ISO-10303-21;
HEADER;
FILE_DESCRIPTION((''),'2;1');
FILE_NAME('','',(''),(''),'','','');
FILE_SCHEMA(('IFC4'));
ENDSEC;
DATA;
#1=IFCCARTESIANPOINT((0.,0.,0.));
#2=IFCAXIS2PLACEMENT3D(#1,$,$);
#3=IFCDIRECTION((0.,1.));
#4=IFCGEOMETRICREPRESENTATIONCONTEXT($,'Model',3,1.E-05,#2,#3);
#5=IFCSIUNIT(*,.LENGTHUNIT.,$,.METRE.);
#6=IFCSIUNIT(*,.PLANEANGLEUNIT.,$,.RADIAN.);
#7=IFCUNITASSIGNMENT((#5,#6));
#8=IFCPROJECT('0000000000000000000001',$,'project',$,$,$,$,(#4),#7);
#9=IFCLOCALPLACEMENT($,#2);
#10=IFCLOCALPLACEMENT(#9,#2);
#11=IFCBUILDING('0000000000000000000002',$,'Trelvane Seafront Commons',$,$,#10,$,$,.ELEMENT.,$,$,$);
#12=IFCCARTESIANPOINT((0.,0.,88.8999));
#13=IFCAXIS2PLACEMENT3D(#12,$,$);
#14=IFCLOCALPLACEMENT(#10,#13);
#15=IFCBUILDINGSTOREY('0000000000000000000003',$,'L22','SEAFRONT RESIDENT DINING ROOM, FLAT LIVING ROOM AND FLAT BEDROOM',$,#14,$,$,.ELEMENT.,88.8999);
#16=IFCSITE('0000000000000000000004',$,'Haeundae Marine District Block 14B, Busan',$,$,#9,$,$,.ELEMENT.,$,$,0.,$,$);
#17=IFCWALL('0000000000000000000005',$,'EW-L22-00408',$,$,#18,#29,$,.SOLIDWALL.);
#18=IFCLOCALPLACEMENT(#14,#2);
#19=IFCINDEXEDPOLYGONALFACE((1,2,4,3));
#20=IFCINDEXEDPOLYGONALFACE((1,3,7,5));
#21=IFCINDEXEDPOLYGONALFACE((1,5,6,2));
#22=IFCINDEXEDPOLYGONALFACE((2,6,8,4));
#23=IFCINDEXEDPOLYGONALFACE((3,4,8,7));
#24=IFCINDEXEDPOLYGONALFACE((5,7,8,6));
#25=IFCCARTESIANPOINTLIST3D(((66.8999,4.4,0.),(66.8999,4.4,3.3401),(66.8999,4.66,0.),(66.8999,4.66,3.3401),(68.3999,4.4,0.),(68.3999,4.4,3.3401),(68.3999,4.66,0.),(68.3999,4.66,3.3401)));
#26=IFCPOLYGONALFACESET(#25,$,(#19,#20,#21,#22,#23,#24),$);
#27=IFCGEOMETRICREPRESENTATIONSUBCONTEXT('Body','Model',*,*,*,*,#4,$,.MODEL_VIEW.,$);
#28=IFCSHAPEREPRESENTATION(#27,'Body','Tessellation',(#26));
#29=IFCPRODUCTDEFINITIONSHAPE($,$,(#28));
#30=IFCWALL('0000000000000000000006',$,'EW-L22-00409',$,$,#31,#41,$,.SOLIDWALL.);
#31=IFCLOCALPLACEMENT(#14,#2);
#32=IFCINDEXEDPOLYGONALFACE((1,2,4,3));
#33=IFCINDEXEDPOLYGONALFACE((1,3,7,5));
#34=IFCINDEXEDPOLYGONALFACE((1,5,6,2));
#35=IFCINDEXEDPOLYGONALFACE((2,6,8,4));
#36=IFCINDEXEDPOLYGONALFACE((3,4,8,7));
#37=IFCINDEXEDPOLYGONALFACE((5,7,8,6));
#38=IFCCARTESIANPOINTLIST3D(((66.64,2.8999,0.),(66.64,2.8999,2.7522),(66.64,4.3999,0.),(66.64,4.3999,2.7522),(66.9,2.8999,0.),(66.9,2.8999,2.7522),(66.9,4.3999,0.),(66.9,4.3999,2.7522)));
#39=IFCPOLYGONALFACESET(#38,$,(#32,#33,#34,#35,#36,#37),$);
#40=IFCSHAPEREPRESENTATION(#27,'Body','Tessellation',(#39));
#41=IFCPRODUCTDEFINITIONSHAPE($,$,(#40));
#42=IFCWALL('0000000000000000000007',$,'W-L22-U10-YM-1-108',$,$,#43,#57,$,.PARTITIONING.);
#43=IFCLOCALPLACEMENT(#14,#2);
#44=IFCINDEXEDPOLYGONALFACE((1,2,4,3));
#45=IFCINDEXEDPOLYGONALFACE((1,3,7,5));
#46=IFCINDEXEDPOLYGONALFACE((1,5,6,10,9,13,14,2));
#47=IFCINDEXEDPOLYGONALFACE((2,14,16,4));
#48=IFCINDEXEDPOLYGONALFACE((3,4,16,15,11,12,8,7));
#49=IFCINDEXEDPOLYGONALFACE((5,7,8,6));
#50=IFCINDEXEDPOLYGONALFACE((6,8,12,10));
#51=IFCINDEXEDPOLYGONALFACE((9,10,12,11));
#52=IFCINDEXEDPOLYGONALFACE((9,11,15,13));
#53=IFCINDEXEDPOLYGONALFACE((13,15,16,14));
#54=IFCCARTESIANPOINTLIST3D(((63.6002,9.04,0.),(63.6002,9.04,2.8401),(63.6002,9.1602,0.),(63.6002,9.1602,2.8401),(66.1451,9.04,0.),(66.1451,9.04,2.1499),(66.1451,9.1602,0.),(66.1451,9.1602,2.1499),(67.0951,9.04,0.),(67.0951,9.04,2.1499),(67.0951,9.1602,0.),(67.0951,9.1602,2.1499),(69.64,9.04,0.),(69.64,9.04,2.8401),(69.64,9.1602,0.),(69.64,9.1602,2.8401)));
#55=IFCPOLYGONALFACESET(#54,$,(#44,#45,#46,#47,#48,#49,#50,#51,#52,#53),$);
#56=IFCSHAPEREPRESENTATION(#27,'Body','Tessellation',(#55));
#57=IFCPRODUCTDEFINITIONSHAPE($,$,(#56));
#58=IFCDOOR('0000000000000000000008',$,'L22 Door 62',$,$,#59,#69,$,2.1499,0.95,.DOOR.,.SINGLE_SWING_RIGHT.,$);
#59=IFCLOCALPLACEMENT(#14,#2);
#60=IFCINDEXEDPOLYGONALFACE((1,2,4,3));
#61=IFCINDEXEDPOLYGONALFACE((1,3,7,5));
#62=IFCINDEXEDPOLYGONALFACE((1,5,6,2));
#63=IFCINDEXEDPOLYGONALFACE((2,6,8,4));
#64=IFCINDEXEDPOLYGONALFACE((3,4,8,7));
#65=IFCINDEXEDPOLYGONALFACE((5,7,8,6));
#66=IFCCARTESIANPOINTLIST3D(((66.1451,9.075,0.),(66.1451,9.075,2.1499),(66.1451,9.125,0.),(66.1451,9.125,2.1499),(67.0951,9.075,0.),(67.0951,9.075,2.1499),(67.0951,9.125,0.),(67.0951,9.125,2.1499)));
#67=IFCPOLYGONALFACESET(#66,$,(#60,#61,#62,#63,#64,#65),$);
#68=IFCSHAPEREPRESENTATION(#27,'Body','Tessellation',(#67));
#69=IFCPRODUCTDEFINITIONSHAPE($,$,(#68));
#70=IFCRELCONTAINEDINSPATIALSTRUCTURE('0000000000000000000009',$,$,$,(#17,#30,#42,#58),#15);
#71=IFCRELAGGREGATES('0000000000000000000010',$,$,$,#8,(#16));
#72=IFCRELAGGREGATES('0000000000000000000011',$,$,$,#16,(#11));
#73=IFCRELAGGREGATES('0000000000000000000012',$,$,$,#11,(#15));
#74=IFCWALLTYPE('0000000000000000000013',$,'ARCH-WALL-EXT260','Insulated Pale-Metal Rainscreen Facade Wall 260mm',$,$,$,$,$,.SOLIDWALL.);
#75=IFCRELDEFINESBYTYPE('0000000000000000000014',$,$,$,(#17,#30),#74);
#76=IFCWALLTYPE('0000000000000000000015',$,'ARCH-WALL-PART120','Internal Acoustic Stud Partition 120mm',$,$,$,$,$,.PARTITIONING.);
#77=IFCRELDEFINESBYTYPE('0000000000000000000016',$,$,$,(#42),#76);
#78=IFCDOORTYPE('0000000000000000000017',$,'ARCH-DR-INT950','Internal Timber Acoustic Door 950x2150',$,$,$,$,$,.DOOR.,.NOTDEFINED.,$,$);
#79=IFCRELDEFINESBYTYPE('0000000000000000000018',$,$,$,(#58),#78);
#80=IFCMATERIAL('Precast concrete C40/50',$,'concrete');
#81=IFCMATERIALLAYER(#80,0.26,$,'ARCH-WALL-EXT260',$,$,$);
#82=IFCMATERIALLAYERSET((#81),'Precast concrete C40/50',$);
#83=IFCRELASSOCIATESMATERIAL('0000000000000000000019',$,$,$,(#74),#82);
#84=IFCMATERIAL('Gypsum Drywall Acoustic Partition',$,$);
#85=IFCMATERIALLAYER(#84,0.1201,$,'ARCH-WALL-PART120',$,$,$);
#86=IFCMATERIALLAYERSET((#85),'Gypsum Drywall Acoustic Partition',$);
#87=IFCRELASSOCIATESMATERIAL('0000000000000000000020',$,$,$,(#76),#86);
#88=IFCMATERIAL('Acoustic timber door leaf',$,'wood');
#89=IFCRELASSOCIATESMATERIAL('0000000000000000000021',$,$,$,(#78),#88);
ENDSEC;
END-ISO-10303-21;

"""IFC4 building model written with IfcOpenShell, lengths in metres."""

from ifc_helpers import new_model, si_unit, direction, frame, frame_2d, origin, place, context, subcontext, project, spatial, rectangle, extrude, source, transform, mapped, material, layer, layer_set, type_object, element, fill, save


model = new_model("IFC4")

# Units and contexts
model_context = context("Model", 3, precision=1e-05, world=origin(), true_north=direction((0.0, 1.0)))
body_context = subcontext(model_context, "Body", "Model", "MODEL_VIEW")
ifc_project = project(units=[si_unit("LENGTHUNIT", "METRE"), si_unit("PLANEANGLEUNIT", "RADIAN")], contexts=[model_context])

# Site, building, storey
site_placement = place(None, origin())
site = spatial("IfcSite", under=ifc_project, at=site_placement, Name="Haeundae Marine District Block 14B, Busan", CompositionType="ELEMENT", RefElevation=0.0)
building_placement = place(site_placement, origin())
building = spatial("IfcBuilding", under=site, at=building_placement, Name="Trelvane Seafront Commons", CompositionType="ELEMENT")
storey_placement = place(building_placement, frame((0.0, 0.0, 88.8999)))
storey = spatial("IfcBuildingStorey", under=building, at=storey_placement, Name="L22", Description="SEAFRONT RESIDENT DINING ROOM, FLAT LIVING ROOM AND FLAT BEDROOM", CompositionType="ELEMENT", Elevation=88.8999)

# Walls
ifc_material_1 = material(Name="Precast concrete C40/50", Category="concrete")
ifc_layer_1 = layer(ifc_material_1, 0.26, Name="ARCH-WALL-EXT260")
ifc_layer_set_1 = layer_set([ifc_layer_1], Name="Precast concrete C40/50")
wall_type_1 = type_object("IfcWallType", Name="ARCH-WALL-EXT260", Description="Insulated Pale-Metal Rainscreen Facade Wall 260mm", PredefinedType="SOLIDWALL", material=ifc_layer_set_1)
for number, where, z_axis, x_axis, name in (
    (1, (68.3999, 4.53, 0.0), (0.0, 0.0, 1.0), (-1.0, 0.0, 0.0), "EW-L22-00408"),
):
    element("IfcWall", number, at=place(storey_placement, frame(where, z_axis=z_axis, x_axis=x_axis)), inside=storey, type_object=wall_type_1, Name=name, PredefinedType="SOLIDWALL", context=body_context, shape_type="SweptSolid", body=[
        extrude(rectangle(XDim=1.5, YDim=0.26, at=frame_2d((0.75, 0.0))), origin(), (0.0, 0.0, 1.0), 3.3401),
    ])
wall_1_placement = place(storey_placement, frame((66.77, 4.3999, 0.0), z_axis=(0.0, 0.0, 1.0), x_axis=(0.0, -1.0, 0.0)))
element("IfcWall", 2, at=wall_1_placement, inside=storey, type_object=wall_type_1, Name="EW-L22-00409", PredefinedType="SOLIDWALL", context=body_context, shape_type="SweptSolid", body=[
    extrude(rectangle(XDim=1.5, YDim=0.26, at=frame_2d((0.75, 0.0))), origin(), (0.0, 0.0, 1.0), 2.7522),
])

# Wall, opening, door
ifc_material_2 = material(Name="Gypsum Drywall Acoustic Partition")
ifc_layer_2 = layer(ifc_material_2, 0.1201, Name="ARCH-WALL-PART120")
ifc_layer_set_2 = layer_set([ifc_layer_2], Name="Gypsum Drywall Acoustic Partition")
wall_type_2 = type_object("IfcWallType", Name="ARCH-WALL-PART120", Description="Internal Acoustic Stud Partition 120mm", PredefinedType="PARTITIONING", material=ifc_layer_set_2)
ifc_material_3 = material(Name="Acoustic timber door leaf", Category="wood")
door_type = type_object("IfcDoorType", Name="ARCH-DR-INT950", Description="Internal Timber Acoustic Door 950x2150", OperationType="NOTDEFINED", PredefinedType="DOOR", material=ifc_material_3)
shared_shape_1 = source(origin(), body_context, "Body", "SweptSolid", [
    extrude(rectangle(XDim=0.95, YDim=2.1499, at=frame_2d((0.4751, 1.075))), frame((0.0, 0.0249, 0.0), z_axis=(0.0, -1.0, 0.0), x_axis=(1.0, 0.0, 0.0)), (0.0, 0.0, 1.0), 0.05),
])
wall_2_placement = place(storey_placement, frame((63.6001, 9.1001, 0.0), z_axis=(0.0, 0.0, 1.0), x_axis=(1.0, 0.0, 0.0)))
wall_2 = element("IfcWall", 3, at=wall_2_placement, inside=storey, type_object=wall_type_2, Name="W-L22-U10-YM-1-108", PredefinedType="PARTITIONING", context=body_context, shape_type="SweptSolid", body=[
    extrude(rectangle(XDim=6.0398, YDim=0.1201, at=frame_2d((3.02, 0.0))), origin(), (0.0, 0.0, 1.0), 2.8401),
])
opening_1_placement = place(wall_2_placement, frame((2.5449, 0.0, 0.0)))
opening_1 = element("IfcOpeningElement", 4, at=opening_1_placement, cuts=wall_2, PredefinedType="OPENING", context=body_context, shape_type="SweptSolid", body=[
    extrude(rectangle(XDim=0.95, YDim=2.1499, at=frame_2d((0.4751, 1.075))), frame((0.0, 0.0701, 0.0), z_axis=(0.0, -1.0, 0.0), x_axis=(1.0, 0.0, 0.0)), (0.0, 0.0, 1.0), 0.1401),
])
door_1_placement = place(opening_1_placement, origin())
door_1 = element("IfcDoor", 5, at=door_1_placement, inside=storey, type_object=door_type, Name="L22 Door 62", OperationType="SINGLE_SWING_RIGHT", OverallHeight=2.1499, OverallWidth=0.95, PredefinedType="DOOR", context=body_context, shape_type="MappedRepresentation", body=[
    mapped(shared_shape_1, transform((0.0, 0.0, 0.0), x_axis=(1.0, 0.0, 0.0), y_axis=(0.0, 1.0, 0.0), z_axis=(0.0, 0.0, 1.0), scale=1.0)),
])
fill(opening_1, door_1)

save(model, "model.ifc")
